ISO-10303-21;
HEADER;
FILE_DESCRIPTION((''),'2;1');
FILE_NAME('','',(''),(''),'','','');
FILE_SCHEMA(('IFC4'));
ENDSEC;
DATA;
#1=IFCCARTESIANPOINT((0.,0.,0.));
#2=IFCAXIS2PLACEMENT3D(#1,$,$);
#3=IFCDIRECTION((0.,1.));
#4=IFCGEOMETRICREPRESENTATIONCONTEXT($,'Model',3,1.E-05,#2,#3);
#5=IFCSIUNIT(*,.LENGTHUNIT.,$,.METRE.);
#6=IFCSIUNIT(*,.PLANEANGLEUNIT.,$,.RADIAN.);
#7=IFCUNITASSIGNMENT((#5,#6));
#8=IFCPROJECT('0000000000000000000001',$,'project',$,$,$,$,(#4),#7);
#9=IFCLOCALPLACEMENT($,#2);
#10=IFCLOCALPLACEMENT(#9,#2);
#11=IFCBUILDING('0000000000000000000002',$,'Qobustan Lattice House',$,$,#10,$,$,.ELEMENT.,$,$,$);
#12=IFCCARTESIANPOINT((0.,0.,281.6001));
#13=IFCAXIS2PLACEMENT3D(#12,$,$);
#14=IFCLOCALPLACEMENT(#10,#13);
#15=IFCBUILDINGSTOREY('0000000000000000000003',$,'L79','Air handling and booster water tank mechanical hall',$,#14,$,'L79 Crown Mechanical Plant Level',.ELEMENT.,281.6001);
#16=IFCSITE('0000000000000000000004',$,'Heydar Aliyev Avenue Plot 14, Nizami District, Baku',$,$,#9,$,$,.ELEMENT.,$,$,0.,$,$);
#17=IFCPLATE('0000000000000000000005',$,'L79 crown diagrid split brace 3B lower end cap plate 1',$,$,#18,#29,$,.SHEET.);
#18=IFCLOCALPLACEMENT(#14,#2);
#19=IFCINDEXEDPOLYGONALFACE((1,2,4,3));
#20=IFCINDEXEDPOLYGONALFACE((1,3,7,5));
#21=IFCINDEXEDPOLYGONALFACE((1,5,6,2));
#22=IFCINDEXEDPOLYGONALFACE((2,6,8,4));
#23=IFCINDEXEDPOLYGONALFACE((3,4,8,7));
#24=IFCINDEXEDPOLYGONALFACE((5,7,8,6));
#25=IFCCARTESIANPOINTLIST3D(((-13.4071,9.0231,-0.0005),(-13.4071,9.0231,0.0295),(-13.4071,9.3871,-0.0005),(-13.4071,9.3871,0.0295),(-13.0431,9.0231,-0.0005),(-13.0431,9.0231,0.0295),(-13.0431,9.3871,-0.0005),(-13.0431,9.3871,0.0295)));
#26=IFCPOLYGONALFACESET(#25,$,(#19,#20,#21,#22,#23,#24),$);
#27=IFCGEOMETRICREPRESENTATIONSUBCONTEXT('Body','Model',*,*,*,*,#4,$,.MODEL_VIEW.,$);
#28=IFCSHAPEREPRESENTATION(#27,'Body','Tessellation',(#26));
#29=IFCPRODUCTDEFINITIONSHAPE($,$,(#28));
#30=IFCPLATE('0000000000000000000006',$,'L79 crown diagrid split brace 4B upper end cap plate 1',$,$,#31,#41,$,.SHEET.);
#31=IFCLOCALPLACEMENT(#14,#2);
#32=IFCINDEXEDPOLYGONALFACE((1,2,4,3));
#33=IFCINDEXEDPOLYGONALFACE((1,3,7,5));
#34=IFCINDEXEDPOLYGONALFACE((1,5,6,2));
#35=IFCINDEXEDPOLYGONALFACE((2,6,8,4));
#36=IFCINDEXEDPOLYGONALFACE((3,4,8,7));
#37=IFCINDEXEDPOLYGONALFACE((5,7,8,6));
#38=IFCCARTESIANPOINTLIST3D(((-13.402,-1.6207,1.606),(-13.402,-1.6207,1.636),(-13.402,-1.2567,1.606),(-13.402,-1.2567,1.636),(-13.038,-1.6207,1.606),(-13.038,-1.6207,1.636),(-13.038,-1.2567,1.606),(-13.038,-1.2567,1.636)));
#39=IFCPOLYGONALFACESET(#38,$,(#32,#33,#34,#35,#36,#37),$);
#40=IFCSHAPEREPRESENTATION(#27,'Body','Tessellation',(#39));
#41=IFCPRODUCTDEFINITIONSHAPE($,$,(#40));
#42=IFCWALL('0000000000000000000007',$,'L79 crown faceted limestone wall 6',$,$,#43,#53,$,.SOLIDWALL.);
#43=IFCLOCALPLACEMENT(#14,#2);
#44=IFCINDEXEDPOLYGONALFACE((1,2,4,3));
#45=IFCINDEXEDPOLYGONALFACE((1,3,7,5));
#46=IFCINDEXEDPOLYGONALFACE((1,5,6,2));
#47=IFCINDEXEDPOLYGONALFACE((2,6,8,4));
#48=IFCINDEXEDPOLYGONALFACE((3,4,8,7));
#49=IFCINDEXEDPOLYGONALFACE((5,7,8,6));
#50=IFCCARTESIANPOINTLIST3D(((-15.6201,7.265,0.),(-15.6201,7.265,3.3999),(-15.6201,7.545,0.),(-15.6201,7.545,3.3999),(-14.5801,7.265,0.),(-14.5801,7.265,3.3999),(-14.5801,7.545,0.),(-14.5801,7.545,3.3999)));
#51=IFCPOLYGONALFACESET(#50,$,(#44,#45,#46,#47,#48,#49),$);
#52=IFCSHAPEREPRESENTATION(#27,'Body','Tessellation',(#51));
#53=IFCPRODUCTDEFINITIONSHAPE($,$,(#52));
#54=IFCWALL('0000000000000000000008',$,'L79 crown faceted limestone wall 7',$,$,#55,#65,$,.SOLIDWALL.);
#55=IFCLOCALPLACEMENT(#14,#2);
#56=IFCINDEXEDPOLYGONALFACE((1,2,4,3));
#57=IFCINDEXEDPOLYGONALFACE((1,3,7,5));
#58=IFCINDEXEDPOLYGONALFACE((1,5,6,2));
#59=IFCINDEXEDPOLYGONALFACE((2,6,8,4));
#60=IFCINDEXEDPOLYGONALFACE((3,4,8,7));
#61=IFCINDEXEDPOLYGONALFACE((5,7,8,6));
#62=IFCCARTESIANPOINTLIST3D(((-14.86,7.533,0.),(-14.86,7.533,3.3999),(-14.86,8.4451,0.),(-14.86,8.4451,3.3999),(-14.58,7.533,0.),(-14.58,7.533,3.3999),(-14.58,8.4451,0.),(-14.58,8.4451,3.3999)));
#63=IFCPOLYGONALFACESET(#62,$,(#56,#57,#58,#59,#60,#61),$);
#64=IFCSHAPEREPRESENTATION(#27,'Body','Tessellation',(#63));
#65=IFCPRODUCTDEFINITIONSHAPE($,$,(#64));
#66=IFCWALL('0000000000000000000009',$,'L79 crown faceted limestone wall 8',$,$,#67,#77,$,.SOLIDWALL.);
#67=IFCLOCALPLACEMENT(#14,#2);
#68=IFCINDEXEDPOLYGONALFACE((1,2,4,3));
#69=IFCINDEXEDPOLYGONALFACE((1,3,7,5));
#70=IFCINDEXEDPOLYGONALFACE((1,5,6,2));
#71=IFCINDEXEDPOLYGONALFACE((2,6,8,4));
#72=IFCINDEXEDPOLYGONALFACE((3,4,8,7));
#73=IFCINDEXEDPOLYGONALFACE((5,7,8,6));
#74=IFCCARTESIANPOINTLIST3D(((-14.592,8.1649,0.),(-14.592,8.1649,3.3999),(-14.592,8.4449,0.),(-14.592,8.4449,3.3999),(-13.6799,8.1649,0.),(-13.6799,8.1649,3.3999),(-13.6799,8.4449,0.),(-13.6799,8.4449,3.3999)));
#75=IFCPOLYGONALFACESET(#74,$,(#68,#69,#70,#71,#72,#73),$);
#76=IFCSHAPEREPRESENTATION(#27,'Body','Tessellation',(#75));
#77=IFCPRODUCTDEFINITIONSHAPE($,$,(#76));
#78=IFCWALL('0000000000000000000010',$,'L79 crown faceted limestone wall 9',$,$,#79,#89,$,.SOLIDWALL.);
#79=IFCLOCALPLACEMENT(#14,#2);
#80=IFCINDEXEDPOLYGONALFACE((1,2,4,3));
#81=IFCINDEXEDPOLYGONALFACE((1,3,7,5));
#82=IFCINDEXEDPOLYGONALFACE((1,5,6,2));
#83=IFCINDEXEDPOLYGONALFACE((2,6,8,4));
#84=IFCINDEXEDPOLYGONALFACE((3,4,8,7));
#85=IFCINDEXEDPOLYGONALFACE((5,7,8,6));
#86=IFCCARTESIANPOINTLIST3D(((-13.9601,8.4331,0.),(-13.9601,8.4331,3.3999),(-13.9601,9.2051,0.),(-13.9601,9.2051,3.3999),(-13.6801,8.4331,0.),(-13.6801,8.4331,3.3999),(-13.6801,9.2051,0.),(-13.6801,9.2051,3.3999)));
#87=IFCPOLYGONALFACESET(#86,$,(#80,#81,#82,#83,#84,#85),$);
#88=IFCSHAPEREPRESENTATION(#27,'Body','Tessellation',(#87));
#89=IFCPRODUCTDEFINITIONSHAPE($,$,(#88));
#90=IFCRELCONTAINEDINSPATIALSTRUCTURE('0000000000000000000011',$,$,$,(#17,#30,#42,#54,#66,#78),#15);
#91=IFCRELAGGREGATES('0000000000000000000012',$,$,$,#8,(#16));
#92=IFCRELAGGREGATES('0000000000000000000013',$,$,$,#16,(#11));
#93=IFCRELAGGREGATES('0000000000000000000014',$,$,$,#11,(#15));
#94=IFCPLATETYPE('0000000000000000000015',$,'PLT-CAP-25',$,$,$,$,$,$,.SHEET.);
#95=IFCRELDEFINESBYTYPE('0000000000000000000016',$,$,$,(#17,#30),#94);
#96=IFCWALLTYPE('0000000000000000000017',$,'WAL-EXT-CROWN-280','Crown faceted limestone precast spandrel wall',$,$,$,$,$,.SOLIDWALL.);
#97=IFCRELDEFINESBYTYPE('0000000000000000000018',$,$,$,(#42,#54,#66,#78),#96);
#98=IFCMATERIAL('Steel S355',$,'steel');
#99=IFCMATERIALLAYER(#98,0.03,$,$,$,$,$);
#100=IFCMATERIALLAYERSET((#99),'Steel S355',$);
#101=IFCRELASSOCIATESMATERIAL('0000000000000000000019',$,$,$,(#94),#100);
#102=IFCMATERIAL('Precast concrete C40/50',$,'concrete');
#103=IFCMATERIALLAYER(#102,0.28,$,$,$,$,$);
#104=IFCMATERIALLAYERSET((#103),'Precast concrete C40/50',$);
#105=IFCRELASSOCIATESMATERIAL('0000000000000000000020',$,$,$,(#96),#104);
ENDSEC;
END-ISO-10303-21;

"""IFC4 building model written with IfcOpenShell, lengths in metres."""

from ifc_helpers import new_model, si_unit, direction, frame, frame_2d, origin, origin_2d, place, context, subcontext, project, spatial, rectangle, extrude, material, layer, layer_set, type_object, element, save


model = new_model("IFC4")

# Units and contexts
model_context = context("Model", 3, precision=1e-05, world=origin(), true_north=direction((0.0, 1.0)))
body_context = subcontext(model_context, "Body", "Model", "MODEL_VIEW")
ifc_project = project(units=[si_unit("LENGTHUNIT", "METRE"), si_unit("PLANEANGLEUNIT", "RADIAN")], contexts=[model_context])

# Site, building, storey
site_placement = place(None, origin())
site = spatial("IfcSite", under=ifc_project, at=site_placement, Name="Heydar Aliyev Avenue Plot 14, Nizami District, Baku", CompositionType="ELEMENT", RefElevation=0.0)
building_placement = place(site_placement, origin())
building = spatial("IfcBuilding", under=site, at=building_placement, Name="Qobustan Lattice House", CompositionType="ELEMENT")
storey_placement = place(building_placement, frame((0.0, 0.0, 281.6001)))
storey = spatial("IfcBuildingStorey", under=building, at=storey_placement, Name="L79", Description="Air handling and booster water tank mechanical hall", LongName="L79 Crown Mechanical Plant Level", CompositionType="ELEMENT", Elevation=281.6001)

# Plates
ifc_material_1 = material(Name="Steel S355", Category="steel")
ifc_layer_1 = layer(ifc_material_1, 0.03)
ifc_layer_set_1 = layer_set([ifc_layer_1], Name="Steel S355")
plate_type_1 = type_object("IfcPlateType", Name="PLT-CAP-25", PredefinedType="SHEET", material=ifc_layer_set_1)
for number, where, z_axis, x_axis, name in (
    (1, (-13.2251, 9.2051, -0.0005), (0.0, 0.0, 1.0), (1.0, 0.0, 0.0), "L79 crown diagrid split brace 3B lower end cap plate 1"),
    (2, (-13.22, -1.4387, 1.606), (0.0, 0.0, 1.0), (0.0, 1.0, 0.0), "L79 crown diagrid split brace 4B upper end cap plate 1"),
):
    element("IfcPlate", number, at=place(storey_placement, frame(where, z_axis=z_axis, x_axis=x_axis)), inside=storey, type_object=plate_type_1, Name=name, PredefinedType="SHEET", context=body_context, shape_type="SweptSolid", body=[
        extrude(rectangle(XDim=0.364, YDim=0.364, at=origin_2d()), origin(), (0.0, 0.0, 1.0), 0.03),
    ])

# Walls
ifc_material_2 = material(Name="Precast concrete C40/50", Category="concrete")
ifc_layer_2 = layer(ifc_material_2, 0.28)
ifc_layer_set_2 = layer_set([ifc_layer_2], Name="Precast concrete C40/50")
wall_type = type_object("IfcWallType", Name="WAL-EXT-CROWN-280", Description="Crown faceted limestone precast spandrel wall", PredefinedType="SOLIDWALL", material=ifc_layer_set_2)
wall_1_placement = place(storey_placement, frame((-15.6201, 7.405, 0.0), z_axis=(0.0, 0.0, 1.0), x_axis=(1.0, 0.0, 0.0)))
element("IfcWall", 3, at=wall_1_placement, inside=storey, type_object=wall_type, Name="L79 crown faceted limestone wall 6", PredefinedType="SOLIDWALL", context=body_context, shape_type="SweptSolid", body=[
    extrude(rectangle(XDim=1.04, YDim=0.28, at=frame_2d((0.52, 0.0))), origin(), (0.0, 0.0, 1.0), 3.3999),
])
for number, where, z_axis, x_axis, name in (
    (4, (-14.72, 7.533, 0.0), (0.0, 0.0, 1.0), (0.0, 1.0, 0.0), "L79 crown faceted limestone wall 7"),
    (5, (-14.592, 8.3049, 0.0), (0.0, 0.0, 1.0), (1.0, 0.0, 0.0), "L79 crown faceted limestone wall 8"),
):
    element("IfcWall", number, at=place(storey_placement, frame(where, z_axis=z_axis, x_axis=x_axis)), inside=storey, type_object=wall_type, Name=name, PredefinedType="SOLIDWALL", context=body_context, shape_type="SweptSolid", body=[
        extrude(rectangle(XDim=0.9121, YDim=0.28, at=frame_2d((0.4561, 0.0))), origin(), (0.0, 0.0, 1.0), 3.3999),
    ])
wall_2_placement = place(storey_placement, frame((-13.8201, 8.4331, 0.0), z_axis=(0.0, 0.0, 1.0), x_axis=(0.0, 1.0, 0.0)))
element("IfcWall", 6, at=wall_2_placement, inside=storey, type_object=wall_type, Name="L79 crown faceted limestone wall 9", PredefinedType="SOLIDWALL", context=body_context, shape_type="SweptSolid", body=[
    extrude(rectangle(XDim=0.772, YDim=0.28, at=frame_2d((0.386, 0.0))), origin(), (0.0, 0.0, 1.0), 3.3999),
])

save(model, "model.ifc")
